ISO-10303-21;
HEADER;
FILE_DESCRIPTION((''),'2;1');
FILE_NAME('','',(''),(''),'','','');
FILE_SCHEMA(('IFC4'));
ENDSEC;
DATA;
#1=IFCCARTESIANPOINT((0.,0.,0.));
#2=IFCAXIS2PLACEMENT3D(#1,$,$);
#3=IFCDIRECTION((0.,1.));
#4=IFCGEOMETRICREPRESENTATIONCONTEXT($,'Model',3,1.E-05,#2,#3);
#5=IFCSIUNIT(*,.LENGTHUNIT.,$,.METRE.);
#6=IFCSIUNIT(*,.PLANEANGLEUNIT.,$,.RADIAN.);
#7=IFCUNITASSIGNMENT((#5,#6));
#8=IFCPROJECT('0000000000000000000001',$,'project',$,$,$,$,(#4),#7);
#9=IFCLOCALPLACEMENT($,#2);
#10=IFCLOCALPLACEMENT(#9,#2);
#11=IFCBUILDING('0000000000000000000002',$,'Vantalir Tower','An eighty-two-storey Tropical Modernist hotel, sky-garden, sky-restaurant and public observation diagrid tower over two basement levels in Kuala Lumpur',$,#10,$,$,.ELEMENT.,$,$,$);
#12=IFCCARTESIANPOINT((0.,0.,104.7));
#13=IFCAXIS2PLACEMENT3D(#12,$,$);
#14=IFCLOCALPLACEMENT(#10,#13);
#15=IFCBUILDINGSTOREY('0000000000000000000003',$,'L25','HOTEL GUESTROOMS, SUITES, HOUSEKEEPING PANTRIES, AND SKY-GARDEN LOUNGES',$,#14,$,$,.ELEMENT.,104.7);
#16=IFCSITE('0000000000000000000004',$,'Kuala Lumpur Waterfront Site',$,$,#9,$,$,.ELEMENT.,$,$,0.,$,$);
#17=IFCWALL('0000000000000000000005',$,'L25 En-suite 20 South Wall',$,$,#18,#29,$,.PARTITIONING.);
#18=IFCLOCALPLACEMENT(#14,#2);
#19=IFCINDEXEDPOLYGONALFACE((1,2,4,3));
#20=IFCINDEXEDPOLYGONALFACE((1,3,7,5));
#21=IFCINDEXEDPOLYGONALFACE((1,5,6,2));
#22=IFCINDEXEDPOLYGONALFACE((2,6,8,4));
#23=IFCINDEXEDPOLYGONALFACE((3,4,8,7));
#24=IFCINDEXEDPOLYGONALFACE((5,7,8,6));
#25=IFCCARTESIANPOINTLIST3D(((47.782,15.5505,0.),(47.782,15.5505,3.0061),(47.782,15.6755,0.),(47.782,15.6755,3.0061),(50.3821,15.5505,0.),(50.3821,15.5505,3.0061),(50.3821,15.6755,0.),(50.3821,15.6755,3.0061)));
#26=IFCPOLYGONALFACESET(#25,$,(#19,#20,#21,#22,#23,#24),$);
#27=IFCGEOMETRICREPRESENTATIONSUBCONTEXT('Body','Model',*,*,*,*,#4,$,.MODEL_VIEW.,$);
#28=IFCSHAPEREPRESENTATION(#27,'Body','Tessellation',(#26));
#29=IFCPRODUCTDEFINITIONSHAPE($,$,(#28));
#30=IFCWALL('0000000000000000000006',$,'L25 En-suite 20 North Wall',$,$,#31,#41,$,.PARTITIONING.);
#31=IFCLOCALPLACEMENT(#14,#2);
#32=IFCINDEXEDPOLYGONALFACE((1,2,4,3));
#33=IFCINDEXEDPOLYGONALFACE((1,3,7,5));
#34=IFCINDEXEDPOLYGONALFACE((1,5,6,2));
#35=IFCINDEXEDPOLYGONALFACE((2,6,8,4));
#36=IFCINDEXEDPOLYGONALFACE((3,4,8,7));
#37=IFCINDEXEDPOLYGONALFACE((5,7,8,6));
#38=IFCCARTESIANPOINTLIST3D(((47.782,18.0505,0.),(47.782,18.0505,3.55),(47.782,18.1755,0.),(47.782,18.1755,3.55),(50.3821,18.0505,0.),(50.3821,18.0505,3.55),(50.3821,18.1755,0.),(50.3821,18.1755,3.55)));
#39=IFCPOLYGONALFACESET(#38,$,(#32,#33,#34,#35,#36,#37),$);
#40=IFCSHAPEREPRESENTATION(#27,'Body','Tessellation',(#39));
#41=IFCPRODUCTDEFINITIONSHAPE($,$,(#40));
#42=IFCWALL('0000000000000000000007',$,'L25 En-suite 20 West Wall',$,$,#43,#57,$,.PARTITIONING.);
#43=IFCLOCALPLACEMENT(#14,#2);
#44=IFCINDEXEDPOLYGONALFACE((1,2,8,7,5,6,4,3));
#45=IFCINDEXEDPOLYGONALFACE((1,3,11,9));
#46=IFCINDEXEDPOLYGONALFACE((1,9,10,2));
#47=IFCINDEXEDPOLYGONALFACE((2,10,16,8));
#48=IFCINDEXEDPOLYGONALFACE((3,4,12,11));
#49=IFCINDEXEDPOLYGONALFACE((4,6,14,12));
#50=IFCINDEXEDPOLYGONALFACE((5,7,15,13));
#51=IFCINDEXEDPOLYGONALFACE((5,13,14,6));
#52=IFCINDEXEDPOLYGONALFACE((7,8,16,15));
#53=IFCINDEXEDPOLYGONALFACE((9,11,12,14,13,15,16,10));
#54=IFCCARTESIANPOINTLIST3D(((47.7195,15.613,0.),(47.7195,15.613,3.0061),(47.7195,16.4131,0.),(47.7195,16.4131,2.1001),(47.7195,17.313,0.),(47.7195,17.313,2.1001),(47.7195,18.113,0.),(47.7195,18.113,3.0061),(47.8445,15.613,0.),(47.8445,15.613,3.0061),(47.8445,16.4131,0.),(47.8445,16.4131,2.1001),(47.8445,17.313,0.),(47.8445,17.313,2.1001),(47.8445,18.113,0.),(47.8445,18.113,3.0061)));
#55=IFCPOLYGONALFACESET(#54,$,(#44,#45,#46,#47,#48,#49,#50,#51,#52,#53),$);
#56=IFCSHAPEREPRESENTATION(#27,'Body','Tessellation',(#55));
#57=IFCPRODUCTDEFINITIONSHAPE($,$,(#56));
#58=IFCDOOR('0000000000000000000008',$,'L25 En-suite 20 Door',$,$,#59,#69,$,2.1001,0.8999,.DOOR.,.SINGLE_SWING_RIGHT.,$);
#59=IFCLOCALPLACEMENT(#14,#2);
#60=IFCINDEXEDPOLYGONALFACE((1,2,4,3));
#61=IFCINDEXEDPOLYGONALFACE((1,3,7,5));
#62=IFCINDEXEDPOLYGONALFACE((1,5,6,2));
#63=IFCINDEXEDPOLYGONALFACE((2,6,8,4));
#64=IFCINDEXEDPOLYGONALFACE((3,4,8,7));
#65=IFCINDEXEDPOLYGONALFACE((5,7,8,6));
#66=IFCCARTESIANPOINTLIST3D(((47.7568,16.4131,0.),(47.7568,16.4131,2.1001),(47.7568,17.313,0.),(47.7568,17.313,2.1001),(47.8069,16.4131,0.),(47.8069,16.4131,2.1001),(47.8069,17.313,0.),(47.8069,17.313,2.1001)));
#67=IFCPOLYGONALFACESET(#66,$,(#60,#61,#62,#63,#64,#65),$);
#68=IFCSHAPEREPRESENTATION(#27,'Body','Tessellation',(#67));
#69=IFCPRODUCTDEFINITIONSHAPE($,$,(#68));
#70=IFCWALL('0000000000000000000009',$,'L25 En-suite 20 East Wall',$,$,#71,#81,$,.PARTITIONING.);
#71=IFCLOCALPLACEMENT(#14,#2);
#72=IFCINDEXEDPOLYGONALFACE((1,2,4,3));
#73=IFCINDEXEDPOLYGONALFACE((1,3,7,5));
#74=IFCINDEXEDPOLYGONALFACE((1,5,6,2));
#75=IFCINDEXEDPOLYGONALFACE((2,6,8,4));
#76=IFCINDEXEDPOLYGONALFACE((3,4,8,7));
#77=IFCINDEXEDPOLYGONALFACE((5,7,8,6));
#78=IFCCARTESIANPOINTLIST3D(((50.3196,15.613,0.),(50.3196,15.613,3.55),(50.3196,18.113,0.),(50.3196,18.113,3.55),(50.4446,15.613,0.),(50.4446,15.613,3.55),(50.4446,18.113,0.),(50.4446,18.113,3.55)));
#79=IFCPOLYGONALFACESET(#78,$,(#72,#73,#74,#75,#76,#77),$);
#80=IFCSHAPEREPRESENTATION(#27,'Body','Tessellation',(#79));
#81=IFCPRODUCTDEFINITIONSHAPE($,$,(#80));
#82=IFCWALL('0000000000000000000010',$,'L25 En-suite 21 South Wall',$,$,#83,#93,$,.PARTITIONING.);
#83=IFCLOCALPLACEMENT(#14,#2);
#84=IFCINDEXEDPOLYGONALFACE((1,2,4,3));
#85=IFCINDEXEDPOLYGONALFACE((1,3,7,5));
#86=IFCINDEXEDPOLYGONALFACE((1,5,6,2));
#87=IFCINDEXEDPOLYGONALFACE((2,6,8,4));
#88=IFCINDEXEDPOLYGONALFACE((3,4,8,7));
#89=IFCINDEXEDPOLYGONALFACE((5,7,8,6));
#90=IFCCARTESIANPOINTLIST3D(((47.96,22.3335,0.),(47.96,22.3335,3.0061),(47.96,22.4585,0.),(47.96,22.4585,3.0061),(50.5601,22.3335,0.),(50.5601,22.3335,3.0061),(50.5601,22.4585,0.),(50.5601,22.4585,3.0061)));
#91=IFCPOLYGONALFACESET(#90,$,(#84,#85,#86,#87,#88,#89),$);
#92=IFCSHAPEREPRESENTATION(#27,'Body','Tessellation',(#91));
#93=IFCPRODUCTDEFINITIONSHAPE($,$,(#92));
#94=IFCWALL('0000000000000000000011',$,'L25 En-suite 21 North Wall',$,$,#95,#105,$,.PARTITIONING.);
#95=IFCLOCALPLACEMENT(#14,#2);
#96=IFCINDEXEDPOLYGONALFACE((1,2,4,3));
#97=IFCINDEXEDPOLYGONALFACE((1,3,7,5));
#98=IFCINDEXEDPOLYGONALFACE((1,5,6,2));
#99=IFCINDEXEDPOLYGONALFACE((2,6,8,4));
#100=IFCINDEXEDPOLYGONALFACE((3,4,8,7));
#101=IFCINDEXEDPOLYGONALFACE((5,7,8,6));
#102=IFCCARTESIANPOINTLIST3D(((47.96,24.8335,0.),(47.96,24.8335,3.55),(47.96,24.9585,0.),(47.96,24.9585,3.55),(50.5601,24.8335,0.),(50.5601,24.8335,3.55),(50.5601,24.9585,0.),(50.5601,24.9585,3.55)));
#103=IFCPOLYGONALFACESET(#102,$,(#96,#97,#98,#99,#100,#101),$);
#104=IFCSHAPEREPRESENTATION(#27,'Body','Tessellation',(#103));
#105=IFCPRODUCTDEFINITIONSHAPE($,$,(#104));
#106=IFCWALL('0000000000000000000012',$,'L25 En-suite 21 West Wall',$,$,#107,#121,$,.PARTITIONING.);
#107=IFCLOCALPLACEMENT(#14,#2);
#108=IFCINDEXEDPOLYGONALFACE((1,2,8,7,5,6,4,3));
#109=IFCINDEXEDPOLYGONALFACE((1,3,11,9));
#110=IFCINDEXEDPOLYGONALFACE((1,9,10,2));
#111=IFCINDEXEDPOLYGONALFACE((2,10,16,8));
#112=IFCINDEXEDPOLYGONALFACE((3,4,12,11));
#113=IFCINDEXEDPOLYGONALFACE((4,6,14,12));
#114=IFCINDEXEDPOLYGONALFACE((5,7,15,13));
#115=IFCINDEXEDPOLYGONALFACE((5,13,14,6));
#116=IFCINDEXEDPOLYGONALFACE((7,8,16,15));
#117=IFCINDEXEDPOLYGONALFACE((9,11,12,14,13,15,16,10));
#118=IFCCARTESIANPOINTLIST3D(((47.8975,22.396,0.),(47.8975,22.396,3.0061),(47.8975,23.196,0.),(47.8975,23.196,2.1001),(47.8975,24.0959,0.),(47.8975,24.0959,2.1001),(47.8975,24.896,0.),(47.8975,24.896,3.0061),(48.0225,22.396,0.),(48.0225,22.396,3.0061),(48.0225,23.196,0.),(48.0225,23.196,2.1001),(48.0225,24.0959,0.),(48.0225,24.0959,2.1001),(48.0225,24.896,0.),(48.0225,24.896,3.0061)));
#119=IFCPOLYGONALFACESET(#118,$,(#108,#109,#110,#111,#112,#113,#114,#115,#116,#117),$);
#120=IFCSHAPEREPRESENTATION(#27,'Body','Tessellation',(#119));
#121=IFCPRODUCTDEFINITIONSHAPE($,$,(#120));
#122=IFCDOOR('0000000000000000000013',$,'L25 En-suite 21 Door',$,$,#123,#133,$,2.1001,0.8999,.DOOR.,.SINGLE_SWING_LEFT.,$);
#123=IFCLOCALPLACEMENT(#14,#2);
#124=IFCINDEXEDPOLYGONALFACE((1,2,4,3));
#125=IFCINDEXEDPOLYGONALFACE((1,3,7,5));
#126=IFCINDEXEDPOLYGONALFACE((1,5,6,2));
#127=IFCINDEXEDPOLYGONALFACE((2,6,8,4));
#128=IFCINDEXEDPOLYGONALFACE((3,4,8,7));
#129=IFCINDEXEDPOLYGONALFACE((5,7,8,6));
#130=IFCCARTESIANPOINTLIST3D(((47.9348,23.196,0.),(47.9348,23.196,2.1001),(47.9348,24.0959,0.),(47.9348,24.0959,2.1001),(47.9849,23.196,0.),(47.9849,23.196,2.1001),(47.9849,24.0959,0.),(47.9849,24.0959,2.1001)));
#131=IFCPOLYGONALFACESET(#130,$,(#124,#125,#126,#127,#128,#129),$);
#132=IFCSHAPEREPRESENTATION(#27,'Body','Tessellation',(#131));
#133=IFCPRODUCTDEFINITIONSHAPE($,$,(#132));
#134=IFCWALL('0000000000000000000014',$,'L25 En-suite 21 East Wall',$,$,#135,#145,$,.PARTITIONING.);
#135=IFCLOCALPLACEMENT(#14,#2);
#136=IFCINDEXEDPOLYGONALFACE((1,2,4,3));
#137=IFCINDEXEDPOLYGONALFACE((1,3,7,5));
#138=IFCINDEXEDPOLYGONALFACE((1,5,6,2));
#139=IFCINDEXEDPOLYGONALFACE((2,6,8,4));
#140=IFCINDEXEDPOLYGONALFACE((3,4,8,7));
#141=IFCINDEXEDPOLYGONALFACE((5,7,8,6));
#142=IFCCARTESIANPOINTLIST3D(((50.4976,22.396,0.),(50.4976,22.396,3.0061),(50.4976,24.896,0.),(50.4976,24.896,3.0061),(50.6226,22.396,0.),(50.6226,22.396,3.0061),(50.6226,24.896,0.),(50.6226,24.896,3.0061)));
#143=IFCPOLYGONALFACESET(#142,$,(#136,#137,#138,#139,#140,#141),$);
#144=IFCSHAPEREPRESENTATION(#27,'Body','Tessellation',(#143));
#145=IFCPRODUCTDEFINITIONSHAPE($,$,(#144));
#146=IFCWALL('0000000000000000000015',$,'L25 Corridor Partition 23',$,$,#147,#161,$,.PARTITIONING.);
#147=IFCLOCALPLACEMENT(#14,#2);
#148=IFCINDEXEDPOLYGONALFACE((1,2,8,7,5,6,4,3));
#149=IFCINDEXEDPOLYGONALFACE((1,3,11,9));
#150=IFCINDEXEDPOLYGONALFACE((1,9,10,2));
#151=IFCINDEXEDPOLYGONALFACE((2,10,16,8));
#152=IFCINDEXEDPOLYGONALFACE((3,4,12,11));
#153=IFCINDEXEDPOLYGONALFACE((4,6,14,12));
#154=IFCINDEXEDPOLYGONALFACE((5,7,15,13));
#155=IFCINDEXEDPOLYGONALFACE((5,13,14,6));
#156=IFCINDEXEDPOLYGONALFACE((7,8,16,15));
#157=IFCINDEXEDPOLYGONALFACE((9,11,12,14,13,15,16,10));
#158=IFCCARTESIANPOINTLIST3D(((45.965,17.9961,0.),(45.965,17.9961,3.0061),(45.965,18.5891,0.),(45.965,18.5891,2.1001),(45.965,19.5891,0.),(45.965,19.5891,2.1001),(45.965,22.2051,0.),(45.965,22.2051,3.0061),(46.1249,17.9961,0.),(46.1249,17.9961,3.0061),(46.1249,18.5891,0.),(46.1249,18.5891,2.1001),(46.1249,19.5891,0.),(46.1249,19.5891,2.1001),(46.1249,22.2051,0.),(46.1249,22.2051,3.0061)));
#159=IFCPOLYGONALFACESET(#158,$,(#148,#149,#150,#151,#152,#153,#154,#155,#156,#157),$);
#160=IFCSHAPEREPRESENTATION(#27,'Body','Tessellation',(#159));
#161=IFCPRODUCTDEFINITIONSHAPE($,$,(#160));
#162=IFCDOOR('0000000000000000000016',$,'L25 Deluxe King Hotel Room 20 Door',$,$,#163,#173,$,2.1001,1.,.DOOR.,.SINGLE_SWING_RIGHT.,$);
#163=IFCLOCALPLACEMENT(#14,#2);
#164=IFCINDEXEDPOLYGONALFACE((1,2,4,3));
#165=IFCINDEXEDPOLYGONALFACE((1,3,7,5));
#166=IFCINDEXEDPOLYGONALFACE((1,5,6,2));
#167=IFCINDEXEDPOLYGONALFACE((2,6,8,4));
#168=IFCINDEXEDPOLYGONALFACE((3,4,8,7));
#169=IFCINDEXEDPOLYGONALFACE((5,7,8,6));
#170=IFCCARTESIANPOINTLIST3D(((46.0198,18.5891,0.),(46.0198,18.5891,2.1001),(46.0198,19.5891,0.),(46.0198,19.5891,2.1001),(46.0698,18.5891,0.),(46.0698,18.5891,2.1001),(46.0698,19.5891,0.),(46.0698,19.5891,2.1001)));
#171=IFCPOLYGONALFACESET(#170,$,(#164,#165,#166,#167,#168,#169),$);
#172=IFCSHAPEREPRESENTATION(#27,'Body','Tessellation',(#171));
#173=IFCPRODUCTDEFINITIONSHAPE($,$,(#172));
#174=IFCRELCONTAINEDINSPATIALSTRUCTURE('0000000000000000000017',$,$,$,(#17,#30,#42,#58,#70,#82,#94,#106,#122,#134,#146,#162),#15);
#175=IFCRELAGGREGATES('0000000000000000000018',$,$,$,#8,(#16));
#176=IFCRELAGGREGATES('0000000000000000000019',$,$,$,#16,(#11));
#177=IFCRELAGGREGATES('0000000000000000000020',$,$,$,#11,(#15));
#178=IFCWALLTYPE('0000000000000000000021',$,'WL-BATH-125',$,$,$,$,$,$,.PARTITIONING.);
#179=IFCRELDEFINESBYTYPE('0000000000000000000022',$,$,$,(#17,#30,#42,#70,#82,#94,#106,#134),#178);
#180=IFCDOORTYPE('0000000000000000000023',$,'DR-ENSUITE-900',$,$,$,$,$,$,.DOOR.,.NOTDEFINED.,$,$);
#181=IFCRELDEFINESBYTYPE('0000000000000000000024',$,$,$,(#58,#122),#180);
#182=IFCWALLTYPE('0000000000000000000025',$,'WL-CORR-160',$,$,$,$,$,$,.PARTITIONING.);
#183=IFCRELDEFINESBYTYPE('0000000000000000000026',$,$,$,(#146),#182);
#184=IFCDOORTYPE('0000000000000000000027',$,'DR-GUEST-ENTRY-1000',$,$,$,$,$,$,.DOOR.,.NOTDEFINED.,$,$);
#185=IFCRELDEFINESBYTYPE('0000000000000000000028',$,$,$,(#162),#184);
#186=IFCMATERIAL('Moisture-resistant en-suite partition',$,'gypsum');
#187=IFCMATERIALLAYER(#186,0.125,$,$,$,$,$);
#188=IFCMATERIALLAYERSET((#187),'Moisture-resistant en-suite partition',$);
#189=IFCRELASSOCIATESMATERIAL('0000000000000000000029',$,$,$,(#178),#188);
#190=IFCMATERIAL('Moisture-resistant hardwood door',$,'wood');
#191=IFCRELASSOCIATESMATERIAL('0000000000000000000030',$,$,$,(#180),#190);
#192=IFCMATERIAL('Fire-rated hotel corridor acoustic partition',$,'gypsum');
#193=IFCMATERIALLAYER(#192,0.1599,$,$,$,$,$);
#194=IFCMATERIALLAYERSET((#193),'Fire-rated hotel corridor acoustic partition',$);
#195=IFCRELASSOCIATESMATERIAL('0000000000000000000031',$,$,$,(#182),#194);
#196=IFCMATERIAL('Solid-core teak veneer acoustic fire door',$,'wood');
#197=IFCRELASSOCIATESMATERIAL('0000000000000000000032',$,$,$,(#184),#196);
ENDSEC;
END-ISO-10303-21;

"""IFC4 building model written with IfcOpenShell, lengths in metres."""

from ifc_helpers import new_model, si_unit, direction, frame, frame_2d, origin, place, context, subcontext, project, spatial, rectangle, extrude, material, layer, layer_set, type_object, element, fill, save


model = new_model("IFC4")

# Units and contexts
model_context = context("Model", 3, precision=1e-05, world=origin(), true_north=direction((0.0, 1.0)))
body_context = subcontext(model_context, "Body", "Model", "MODEL_VIEW")
ifc_project = project(units=[si_unit("LENGTHUNIT", "METRE"), si_unit("PLANEANGLEUNIT", "RADIAN")], contexts=[model_context])

# Site, building, storey
site_placement = place(None, origin())
site = spatial("IfcSite", under=ifc_project, at=site_placement, Name="Kuala Lumpur Waterfront Site", CompositionType="ELEMENT", RefElevation=0.0)
building_placement = place(site_placement, origin())
building = spatial("IfcBuilding", under=site, at=building_placement, Name="Vantalir Tower", Description="An eighty-two-storey Tropical Modernist hotel, sky-garden, sky-restaurant and public observation diagrid tower over two basement levels in Kuala Lumpur", CompositionType="ELEMENT")
storey_placement = place(building_placement, frame((0.0, 0.0, 104.7)))
storey = spatial("IfcBuildingStorey", under=building, at=storey_placement, Name="L25", Description="HOTEL GUESTROOMS, SUITES, HOUSEKEEPING PANTRIES, AND SKY-GARDEN LOUNGES", CompositionType="ELEMENT", Elevation=104.7)

# Walls
ifc_material_1 = material(Name="Moisture-resistant en-suite partition", Category="gypsum")
ifc_layer_1 = layer(ifc_material_1, 0.125)
ifc_layer_set_1 = layer_set([ifc_layer_1], Name="Moisture-resistant en-suite partition")
wall_type_1 = type_object("IfcWallType", Name="WL-BATH-125", PredefinedType="PARTITIONING", material=ifc_layer_set_1)
wall_1_placement = place(storey_placement, frame((47.782, 15.613, 0.0), z_axis=(0.0, 0.0, 1.0), x_axis=(1.0, 0.0, 0.0)))
element("IfcWall", 1, at=wall_1_placement, inside=storey, type_object=wall_type_1, Name="L25 En-suite 20 South Wall", PredefinedType="PARTITIONING", context=body_context, shape_type="SweptSolid", body=[
    extrude(rectangle(XDim=2.6001, YDim=0.125, at=frame_2d((1.3, 0.0))), origin(), (0.0, 0.0, 1.0), 3.0061),
])
wall_2_placement = place(storey_placement, frame((47.782, 18.113, 0.0), z_axis=(0.0, 0.0, 1.0), x_axis=(1.0, 0.0, 0.0)))
element("IfcWall", 2, at=wall_2_placement, inside=storey, type_object=wall_type_1, Name="L25 En-suite 20 North Wall", PredefinedType="PARTITIONING", context=body_context, shape_type="SweptSolid", body=[
    extrude(rectangle(XDim=2.6001, YDim=0.125, at=frame_2d((1.3, 0.0))), origin(), (0.0, 0.0, 1.0), 3.55),
])

# Wall, opening, door
wall_3_placement = place(storey_placement, frame((47.782, 15.613, 0.0), z_axis=(0.0, 0.0, 1.0), x_axis=(0.0, 1.0, 0.0)))
wall_3 = element("IfcWall", 3, at=wall_3_placement, inside=storey, type_object=wall_type_1, Name="L25 En-suite 20 West Wall", PredefinedType="PARTITIONING", context=body_context, shape_type="SweptSolid", body=[
    extrude(rectangle(XDim=2.5, YDim=0.125, at=frame_2d((1.25, 0.0))), origin(), (0.0, 0.0, 1.0), 3.0061),
])
opening_1_placement = place(wall_3_placement, frame((0.8, 0.0, 0.0)))
opening_1 = element("IfcOpeningElement", 4, at=opening_1_placement, cuts=wall_3, PredefinedType="OPENING", context=body_context, shape_type="SweptSolid", body=[
    extrude(rectangle(XDim=0.8999, YDim=2.1001, at=frame_2d((0.45, 1.05))), frame((0.0, 0.0725, 0.0), z_axis=(0.0, -1.0, 0.0), x_axis=(1.0, 0.0, 0.0)), (0.0, 0.0, 1.0), 0.145),
])
ifc_material_2 = material(Name="Moisture-resistant hardwood door", Category="wood")
door_type_1 = type_object("IfcDoorType", Name="DR-ENSUITE-900", OperationType="NOTDEFINED", PredefinedType="DOOR", material=ifc_material_2)
door_1_placement = place(opening_1_placement, frame((0.8999, 0.0, 0.0), z_axis=(0.0, 0.0, 1.0), x_axis=(-1.0, 0.0, 0.0)))
door_1 = element("IfcDoor", 5, at=door_1_placement, inside=storey, type_object=door_type_1, Name="L25 En-suite 20 Door", OperationType="SINGLE_SWING_RIGHT", OverallHeight=2.1001, OverallWidth=0.8999, PredefinedType="DOOR", context=body_context, shape_type="SweptSolid", body=[
    extrude(rectangle(XDim=0.8999, YDim=2.1001, at=frame_2d((0.45, 1.05))), frame((0.0, 0.0249, 0.0), z_axis=(0.0, -1.0, 0.0), x_axis=(1.0, 0.0, 0.0)), (0.0, 0.0, 1.0), 0.05),
])
fill(opening_1, door_1)

# Walls
wall_4_placement = place(storey_placement, frame((50.3821, 15.613, 0.0), z_axis=(0.0, 0.0, 1.0), x_axis=(0.0, 1.0, 0.0)))
element("IfcWall", 6, at=wall_4_placement, inside=storey, type_object=wall_type_1, Name="L25 En-suite 20 East Wall", PredefinedType="PARTITIONING", context=body_context, shape_type="SweptSolid", body=[
    extrude(rectangle(XDim=2.5, YDim=0.125, at=frame_2d((1.25, 0.0))), origin(), (0.0, 0.0, 1.0), 3.55),
])
wall_5_placement = place(storey_placement, frame((47.96, 22.396, 0.0), z_axis=(0.0, 0.0, 1.0), x_axis=(1.0, 0.0, 0.0)))
element("IfcWall", 7, at=wall_5_placement, inside=storey, type_object=wall_type_1, Name="L25 En-suite 21 South Wall", PredefinedType="PARTITIONING", context=body_context, shape_type="SweptSolid", body=[
    extrude(rectangle(XDim=2.6001, YDim=0.125, at=frame_2d((1.3, 0.0))), origin(), (0.0, 0.0, 1.0), 3.0061),
])
wall_6_placement = place(storey_placement, frame((47.96, 24.896, 0.0), z_axis=(0.0, 0.0, 1.0), x_axis=(1.0, 0.0, 0.0)))
element("IfcWall", 8, at=wall_6_placement, inside=storey, type_object=wall_type_1, Name="L25 En-suite 21 North Wall", PredefinedType="PARTITIONING", context=body_context, shape_type="SweptSolid", body=[
    extrude(rectangle(XDim=2.6001, YDim=0.125, at=frame_2d((1.3, 0.0))), origin(), (0.0, 0.0, 1.0), 3.55),
])

# Wall, opening, door
wall_7_placement = place(storey_placement, frame((47.96, 22.396, 0.0), z_axis=(0.0, 0.0, 1.0), x_axis=(0.0, 1.0, 0.0)))
wall_7 = element("IfcWall", 9, at=wall_7_placement, inside=storey, type_object=wall_type_1, Name="L25 En-suite 21 West Wall", PredefinedType="PARTITIONING", context=body_context, shape_type="SweptSolid", body=[
    extrude(rectangle(XDim=2.5, YDim=0.125, at=frame_2d((1.25, 0.0))), origin(), (0.0, 0.0, 1.0), 3.0061),
])
opening_2_placement = place(wall_7_placement, frame((0.8, 0.0, 0.0)))
opening_2 = element("IfcOpeningElement", 10, at=opening_2_placement, cuts=wall_7, PredefinedType="OPENING", context=body_context, shape_type="SweptSolid", body=[
    extrude(rectangle(XDim=0.8999, YDim=2.1001, at=frame_2d((0.45, 1.05))), frame((0.0, 0.0725, 0.0), z_axis=(0.0, -1.0, 0.0), x_axis=(1.0, 0.0, 0.0)), (0.0, 0.0, 1.0), 0.145),
])
door_2_placement = place(opening_2_placement, frame((0.8999, 0.0, 0.0), z_axis=(0.0, 0.0, 1.0), x_axis=(-1.0, 0.0, 0.0)))
door_2 = element("IfcDoor", 11, at=door_2_placement, inside=storey, type_object=door_type_1, Name="L25 En-suite 21 Door", OperationType="SINGLE_SWING_LEFT", OverallHeight=2.1001, OverallWidth=0.8999, PredefinedType="DOOR", context=body_context, shape_type="SweptSolid", body=[
    extrude(rectangle(XDim=0.8999, YDim=2.1001, at=frame_2d((0.45, 1.05))), frame((0.0, 0.0249, 0.0), z_axis=(0.0, -1.0, 0.0), x_axis=(1.0, 0.0, 0.0)), (0.0, 0.0, 1.0), 0.05),
])
fill(opening_2, door_2)

# Wall
wall_8_placement = place(storey_placement, frame((50.5601, 22.396, 0.0), z_axis=(0.0, 0.0, 1.0), x_axis=(0.0, 1.0, 0.0)))
element("IfcWall", 12, at=wall_8_placement, inside=storey, type_object=wall_type_1, Name="L25 En-suite 21 East Wall", PredefinedType="PARTITIONING", context=body_context, shape_type="SweptSolid", body=[
    extrude(rectangle(XDim=2.5, YDim=0.125, at=frame_2d((1.25, 0.0))), origin(), (0.0, 0.0, 1.0), 3.0061),
])

# Wall, opening, door
ifc_material_3 = material(Name="Fire-rated hotel corridor acoustic partition", Category="gypsum")
ifc_layer_2 = layer(ifc_material_3, 0.1599)
ifc_layer_set_2 = layer_set([ifc_layer_2], Name="Fire-rated hotel corridor acoustic partition")
wall_type_2 = type_object("IfcWallType", Name="WL-CORR-160", PredefinedType="PARTITIONING", material=ifc_layer_set_2)
wall_9_placement = place(storey_placement, frame((46.0449, 22.2051, 0.0), z_axis=(0.0, 0.0, 1.0), x_axis=(0.0, -1.0, 0.0)))
wall_9 = element("IfcWall", 13, at=wall_9_placement, inside=storey, type_object=wall_type_2, Name="L25 Corridor Partition 23", PredefinedType="PARTITIONING", context=body_context, shape_type="SweptSolid", body=[
    extrude(rectangle(XDim=4.209, YDim=0.1599, at=frame_2d((2.1045, 0.0))), origin(), (0.0, 0.0, 1.0), 3.0061),
])
opening_3_placement = place(wall_9_placement, frame((2.616, 0.0, 0.0)))
opening_3 = element("IfcOpeningElement", 14, at=opening_3_placement, cuts=wall_9, PredefinedType="OPENING", context=body_context, shape_type="SweptSolid", body=[
    extrude(rectangle(XDim=1.0, YDim=2.1001, at=frame_2d((0.5, 1.05))), frame((0.0, 0.0898, 0.0), z_axis=(0.0, -1.0, 0.0), x_axis=(1.0, 0.0, 0.0)), (0.0, 0.0, 1.0), 0.1799),
])
ifc_material_4 = material(Name="Solid-core teak veneer acoustic fire door", Category="wood")
door_type_2 = type_object("IfcDoorType", Name="DR-GUEST-ENTRY-1000", OperationType="NOTDEFINED", PredefinedType="DOOR", material=ifc_material_4)
door_3_placement = place(opening_3_placement, origin())
door_3 = element("IfcDoor", 15, at=door_3_placement, inside=storey, type_object=door_type_2, Name="L25 Deluxe King Hotel Room 20 Door", OperationType="SINGLE_SWING_RIGHT", OverallHeight=2.1001, OverallWidth=1.0, PredefinedType="DOOR", context=body_context, shape_type="SweptSolid", body=[
    extrude(rectangle(XDim=1.0, YDim=2.1001, at=frame_2d((0.5, 1.05))), frame((0.0, 0.0249, 0.0), z_axis=(0.0, -1.0, 0.0), x_axis=(1.0, 0.0, 0.0)), (0.0, 0.0, 1.0), 0.05),
])
fill(opening_3, door_3)

save(model, "model.ifc")
